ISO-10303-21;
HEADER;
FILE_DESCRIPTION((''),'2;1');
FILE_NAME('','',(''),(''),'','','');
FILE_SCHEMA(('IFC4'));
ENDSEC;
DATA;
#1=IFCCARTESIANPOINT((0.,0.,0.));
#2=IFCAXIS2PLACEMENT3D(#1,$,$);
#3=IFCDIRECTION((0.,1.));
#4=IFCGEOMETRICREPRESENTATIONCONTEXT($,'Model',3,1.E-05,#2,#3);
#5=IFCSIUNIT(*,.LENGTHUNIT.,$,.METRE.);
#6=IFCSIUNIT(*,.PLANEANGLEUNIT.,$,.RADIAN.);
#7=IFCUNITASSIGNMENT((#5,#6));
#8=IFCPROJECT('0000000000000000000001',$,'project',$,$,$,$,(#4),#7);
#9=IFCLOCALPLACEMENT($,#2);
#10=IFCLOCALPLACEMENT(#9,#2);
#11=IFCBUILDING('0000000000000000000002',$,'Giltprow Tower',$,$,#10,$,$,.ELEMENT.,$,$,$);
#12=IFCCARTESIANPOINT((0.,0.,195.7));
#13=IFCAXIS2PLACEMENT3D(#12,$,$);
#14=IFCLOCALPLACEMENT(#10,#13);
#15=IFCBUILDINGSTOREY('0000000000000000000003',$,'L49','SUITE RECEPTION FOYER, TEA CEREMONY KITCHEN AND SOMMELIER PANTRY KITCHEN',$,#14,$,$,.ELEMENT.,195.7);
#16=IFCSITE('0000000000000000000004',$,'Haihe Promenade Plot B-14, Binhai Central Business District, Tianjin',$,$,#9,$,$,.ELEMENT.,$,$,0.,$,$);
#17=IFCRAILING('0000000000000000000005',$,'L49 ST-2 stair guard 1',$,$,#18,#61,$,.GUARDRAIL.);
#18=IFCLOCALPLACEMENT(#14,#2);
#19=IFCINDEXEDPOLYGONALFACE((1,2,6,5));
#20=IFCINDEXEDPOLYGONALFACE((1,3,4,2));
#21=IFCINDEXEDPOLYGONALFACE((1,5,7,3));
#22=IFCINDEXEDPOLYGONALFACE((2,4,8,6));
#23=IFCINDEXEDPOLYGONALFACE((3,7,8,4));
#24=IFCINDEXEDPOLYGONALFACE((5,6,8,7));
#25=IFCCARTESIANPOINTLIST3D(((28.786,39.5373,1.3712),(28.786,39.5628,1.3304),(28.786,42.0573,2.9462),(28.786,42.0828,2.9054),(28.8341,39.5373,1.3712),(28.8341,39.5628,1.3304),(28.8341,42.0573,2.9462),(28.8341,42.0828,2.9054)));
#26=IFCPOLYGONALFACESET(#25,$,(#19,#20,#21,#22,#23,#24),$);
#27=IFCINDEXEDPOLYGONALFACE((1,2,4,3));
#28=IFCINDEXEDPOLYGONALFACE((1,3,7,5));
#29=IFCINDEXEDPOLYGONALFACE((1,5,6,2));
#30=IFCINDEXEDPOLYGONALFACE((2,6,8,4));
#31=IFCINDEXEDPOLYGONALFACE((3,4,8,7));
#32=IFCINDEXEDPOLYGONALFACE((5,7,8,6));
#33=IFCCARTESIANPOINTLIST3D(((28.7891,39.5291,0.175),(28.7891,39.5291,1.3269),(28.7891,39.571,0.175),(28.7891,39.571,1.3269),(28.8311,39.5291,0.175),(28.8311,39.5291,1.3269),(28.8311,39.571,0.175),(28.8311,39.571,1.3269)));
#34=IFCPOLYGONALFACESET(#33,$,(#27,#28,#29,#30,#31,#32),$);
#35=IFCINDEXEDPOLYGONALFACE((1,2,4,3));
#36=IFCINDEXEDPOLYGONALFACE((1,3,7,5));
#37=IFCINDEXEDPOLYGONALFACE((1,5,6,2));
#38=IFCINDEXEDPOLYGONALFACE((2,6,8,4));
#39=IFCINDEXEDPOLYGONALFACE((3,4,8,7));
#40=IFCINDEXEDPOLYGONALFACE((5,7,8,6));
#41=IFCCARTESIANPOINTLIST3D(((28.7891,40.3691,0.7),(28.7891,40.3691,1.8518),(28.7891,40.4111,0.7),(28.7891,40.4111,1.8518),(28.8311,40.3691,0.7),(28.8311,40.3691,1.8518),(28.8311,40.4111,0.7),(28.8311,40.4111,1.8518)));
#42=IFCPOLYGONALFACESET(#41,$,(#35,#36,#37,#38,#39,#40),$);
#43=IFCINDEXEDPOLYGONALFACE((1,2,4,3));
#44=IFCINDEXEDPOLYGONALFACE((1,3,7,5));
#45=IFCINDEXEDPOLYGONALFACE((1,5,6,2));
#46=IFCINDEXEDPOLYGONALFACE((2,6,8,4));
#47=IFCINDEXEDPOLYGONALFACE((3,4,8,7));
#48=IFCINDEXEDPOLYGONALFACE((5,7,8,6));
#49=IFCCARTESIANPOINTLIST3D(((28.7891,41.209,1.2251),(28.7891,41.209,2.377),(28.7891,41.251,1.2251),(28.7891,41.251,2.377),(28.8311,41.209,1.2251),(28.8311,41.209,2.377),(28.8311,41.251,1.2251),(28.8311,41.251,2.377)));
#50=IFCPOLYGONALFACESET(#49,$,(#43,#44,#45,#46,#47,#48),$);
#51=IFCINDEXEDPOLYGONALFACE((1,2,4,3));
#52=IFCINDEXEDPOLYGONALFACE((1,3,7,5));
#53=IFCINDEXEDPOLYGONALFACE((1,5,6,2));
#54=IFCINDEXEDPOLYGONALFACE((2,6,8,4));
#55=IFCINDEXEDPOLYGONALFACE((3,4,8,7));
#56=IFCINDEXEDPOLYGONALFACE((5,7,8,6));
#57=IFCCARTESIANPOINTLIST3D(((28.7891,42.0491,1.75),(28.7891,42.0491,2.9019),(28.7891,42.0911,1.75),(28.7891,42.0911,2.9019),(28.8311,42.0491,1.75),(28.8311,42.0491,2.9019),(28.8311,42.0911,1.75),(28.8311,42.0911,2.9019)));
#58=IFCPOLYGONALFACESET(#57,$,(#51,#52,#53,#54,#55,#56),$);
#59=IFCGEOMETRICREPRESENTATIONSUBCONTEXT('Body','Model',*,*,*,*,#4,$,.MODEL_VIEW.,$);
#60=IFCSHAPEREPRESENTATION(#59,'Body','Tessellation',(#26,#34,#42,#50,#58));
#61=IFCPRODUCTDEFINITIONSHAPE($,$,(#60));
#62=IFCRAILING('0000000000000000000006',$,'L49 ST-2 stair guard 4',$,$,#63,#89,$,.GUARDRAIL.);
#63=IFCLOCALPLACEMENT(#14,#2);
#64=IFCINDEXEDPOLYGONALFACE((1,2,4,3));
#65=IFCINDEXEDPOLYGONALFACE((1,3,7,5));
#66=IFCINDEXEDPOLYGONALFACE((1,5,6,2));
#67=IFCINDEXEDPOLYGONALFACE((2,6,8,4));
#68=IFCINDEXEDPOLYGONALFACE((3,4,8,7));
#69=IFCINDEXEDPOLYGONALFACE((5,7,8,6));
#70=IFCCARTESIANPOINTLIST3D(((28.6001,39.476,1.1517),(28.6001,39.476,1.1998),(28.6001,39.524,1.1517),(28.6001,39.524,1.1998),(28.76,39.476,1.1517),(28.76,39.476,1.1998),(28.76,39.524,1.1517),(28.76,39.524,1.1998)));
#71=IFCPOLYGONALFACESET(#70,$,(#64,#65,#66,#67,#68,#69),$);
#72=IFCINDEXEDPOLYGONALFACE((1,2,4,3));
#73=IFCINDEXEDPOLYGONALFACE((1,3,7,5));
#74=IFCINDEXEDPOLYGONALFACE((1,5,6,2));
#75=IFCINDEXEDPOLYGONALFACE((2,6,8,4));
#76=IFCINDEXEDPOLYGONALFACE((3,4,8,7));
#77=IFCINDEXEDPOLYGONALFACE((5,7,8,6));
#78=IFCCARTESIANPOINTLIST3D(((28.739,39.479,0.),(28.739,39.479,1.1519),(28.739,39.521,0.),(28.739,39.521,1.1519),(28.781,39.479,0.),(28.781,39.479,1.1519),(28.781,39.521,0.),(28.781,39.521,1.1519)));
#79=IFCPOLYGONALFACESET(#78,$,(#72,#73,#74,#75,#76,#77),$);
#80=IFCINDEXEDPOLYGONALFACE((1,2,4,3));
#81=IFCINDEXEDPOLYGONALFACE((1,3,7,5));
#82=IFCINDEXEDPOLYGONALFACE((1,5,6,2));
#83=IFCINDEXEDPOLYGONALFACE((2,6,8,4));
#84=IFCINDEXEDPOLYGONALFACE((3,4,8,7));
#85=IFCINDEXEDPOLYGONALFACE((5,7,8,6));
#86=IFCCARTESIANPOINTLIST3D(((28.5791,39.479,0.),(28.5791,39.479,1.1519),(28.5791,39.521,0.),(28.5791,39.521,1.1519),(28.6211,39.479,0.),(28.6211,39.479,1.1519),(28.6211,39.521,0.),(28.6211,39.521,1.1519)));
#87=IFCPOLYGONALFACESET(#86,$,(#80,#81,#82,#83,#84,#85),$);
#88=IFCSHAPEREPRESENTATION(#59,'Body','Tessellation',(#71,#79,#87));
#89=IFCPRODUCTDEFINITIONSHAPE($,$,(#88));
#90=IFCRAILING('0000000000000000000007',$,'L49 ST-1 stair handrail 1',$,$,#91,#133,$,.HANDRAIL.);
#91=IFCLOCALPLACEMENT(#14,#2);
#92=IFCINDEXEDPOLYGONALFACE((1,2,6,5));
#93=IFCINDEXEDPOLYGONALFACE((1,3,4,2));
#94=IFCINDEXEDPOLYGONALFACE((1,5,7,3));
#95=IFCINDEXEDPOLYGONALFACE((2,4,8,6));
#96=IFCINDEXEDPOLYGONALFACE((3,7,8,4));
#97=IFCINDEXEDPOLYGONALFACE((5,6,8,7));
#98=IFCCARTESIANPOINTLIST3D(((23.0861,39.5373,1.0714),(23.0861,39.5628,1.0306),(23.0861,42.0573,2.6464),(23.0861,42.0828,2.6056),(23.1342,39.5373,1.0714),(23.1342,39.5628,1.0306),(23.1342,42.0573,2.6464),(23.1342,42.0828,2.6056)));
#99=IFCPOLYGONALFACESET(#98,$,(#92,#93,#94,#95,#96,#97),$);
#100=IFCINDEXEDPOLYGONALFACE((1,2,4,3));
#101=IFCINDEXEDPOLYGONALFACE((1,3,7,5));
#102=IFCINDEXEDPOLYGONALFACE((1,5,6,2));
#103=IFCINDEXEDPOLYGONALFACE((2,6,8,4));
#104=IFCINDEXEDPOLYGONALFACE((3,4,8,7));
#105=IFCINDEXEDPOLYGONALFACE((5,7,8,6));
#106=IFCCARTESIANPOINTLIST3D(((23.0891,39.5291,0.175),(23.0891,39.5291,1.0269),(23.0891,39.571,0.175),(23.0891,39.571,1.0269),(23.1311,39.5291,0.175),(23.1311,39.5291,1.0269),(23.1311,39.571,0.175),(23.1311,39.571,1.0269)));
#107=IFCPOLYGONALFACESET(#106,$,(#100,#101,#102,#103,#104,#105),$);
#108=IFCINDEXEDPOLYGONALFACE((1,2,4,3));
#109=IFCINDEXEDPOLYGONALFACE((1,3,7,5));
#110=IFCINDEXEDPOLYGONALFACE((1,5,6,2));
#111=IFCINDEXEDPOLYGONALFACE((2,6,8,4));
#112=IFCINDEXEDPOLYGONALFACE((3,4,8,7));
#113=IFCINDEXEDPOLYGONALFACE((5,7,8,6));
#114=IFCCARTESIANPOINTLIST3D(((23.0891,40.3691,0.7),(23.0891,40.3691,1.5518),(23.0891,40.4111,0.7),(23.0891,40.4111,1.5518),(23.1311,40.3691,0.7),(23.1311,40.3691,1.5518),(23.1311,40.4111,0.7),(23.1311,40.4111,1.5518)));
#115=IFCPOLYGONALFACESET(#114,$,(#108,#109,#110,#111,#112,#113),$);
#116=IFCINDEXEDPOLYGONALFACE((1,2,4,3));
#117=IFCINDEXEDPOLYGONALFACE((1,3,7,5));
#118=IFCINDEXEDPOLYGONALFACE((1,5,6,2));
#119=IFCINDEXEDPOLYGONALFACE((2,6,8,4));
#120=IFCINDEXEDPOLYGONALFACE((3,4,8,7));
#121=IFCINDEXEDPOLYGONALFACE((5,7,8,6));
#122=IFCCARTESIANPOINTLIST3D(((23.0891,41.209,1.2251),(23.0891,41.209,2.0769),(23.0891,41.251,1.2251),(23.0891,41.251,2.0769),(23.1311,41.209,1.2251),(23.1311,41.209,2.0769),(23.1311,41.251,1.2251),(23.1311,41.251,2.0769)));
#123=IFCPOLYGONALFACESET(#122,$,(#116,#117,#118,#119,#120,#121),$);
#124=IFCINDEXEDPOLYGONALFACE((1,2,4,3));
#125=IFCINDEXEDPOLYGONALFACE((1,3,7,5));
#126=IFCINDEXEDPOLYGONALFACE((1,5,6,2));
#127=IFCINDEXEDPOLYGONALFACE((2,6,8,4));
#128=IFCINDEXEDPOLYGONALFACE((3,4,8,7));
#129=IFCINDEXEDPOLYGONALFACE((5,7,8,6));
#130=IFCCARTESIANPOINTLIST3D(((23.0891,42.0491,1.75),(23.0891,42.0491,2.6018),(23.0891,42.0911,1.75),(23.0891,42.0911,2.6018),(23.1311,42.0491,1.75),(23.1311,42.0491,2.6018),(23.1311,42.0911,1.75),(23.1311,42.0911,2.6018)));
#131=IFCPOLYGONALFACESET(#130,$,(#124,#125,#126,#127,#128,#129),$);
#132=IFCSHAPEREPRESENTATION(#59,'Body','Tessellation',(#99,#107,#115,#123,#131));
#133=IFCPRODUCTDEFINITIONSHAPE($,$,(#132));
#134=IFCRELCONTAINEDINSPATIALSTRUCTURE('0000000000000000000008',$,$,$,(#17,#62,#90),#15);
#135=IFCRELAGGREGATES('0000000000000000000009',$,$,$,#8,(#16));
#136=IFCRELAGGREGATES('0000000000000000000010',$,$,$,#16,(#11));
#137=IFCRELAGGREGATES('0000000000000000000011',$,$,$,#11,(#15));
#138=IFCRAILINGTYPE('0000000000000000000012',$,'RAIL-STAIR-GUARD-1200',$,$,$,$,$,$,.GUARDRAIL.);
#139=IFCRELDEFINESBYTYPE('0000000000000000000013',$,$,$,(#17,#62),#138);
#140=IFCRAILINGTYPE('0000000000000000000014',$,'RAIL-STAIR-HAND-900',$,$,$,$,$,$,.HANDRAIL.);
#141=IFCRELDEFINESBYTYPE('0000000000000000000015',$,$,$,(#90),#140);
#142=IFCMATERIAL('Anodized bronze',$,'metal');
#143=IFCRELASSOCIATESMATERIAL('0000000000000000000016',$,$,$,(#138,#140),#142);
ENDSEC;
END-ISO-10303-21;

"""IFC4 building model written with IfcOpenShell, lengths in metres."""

from ifc_helpers import new_model, si_unit, direction, frame, origin, origin_2d, place, context, subcontext, project, spatial, rectangle, extrude, material, type_object, element, save


model = new_model("IFC4")

# Units and contexts
model_context = context("Model", 3, precision=1e-05, world=origin(), true_north=direction((0.0, 1.0)))
body_context = subcontext(model_context, "Body", "Model", "MODEL_VIEW")
ifc_project = project(units=[si_unit("LENGTHUNIT", "METRE"), si_unit("PLANEANGLEUNIT", "RADIAN")], contexts=[model_context])

# Site, building, storey
site_placement = place(None, origin())
site = spatial("IfcSite", under=ifc_project, at=site_placement, Name="Haihe Promenade Plot B-14, Binhai Central Business District, Tianjin", CompositionType="ELEMENT", RefElevation=0.0)
building_placement = place(site_placement, origin())
building = spatial("IfcBuilding", under=site, at=building_placement, Name="Giltprow Tower", CompositionType="ELEMENT")
storey_placement = place(building_placement, frame((0.0, 0.0, 195.7)))
storey = spatial("IfcBuildingStorey", under=building, at=storey_placement, Name="L49", Description="SUITE RECEPTION FOYER, TEA CEREMONY KITCHEN AND SOMMELIER PANTRY KITCHEN", CompositionType="ELEMENT", Elevation=195.7)

# Railings
ifc_material_1 = material(Name="Anodized bronze", Category="metal")
railing_type_1 = type_object("IfcRailingType", Name="RAIL-STAIR-GUARD-1200", PredefinedType="GUARDRAIL", material=ifc_material_1)
railing_1_placement = place(storey_placement, frame((28.8101, 39.55, 0.175)))
element("IfcRailing", 1, at=railing_1_placement, inside=storey, type_object=railing_type_1, Name="L49 ST-2 stair guard 1", PredefinedType="GUARDRAIL", context=body_context, shape_type="SweptSolid", body=[
    extrude(rectangle(XDim=0.0481, YDim=0.0481, at=origin_2d()), frame((0.0, 0.0, 1.1758), z_axis=(0.0, 0.848008, 0.529984), x_axis=(-1.0, 0.0, 0.0)), (0.0, 0.0, 1.0), 2.9717),
    extrude(rectangle(XDim=0.042, YDim=0.042, at=origin_2d()), origin(), (0.0, 0.0, 1.0), 1.1519),
    extrude(rectangle(XDim=0.042, YDim=0.042, at=origin_2d()), frame((0.0, 0.8401, 0.5249)), (0.0, 0.0, 1.0), 1.1519),
    extrude(rectangle(XDim=0.042, YDim=0.042, at=origin_2d()), frame((0.0, 1.6799, 1.05)), (0.0, 0.0, 1.0), 1.1519),
    extrude(rectangle(XDim=0.042, YDim=0.042, at=origin_2d()), frame((0.0, 2.52, 1.575)), (0.0, 0.0, 1.0), 1.1519),
])
railing_2_placement = place(storey_placement, frame((28.76, 39.5, 0.0)))
element("IfcRailing", 2, at=railing_2_placement, inside=storey, type_object=railing_type_1, Name="L49 ST-2 stair guard 4", PredefinedType="GUARDRAIL", context=body_context, shape_type="SweptSolid", body=[
    extrude(rectangle(XDim=0.0481, YDim=0.0481, at=origin_2d()), frame((0.0, 0.0, 1.1758), z_axis=(-1.0, 0.0, 0.0), x_axis=(0.0, -1.0, 0.0)), (0.0, 0.0, 1.0), 0.1599),
    extrude(rectangle(XDim=0.042, YDim=0.042, at=origin_2d()), origin(), (0.0, 0.0, 1.0), 1.1519),
    extrude(rectangle(XDim=0.042, YDim=0.042, at=origin_2d()), frame((-0.1599, 0.0, 0.0)), (0.0, 0.0, 1.0), 1.1519),
])
railing_type_2 = type_object("IfcRailingType", Name="RAIL-STAIR-HAND-900", PredefinedType="HANDRAIL", material=ifc_material_1)
railing_3_placement = place(storey_placement, frame((23.1101, 39.55, 0.175)))
element("IfcRailing", 3, at=railing_3_placement, inside=storey, type_object=railing_type_2, Name="L49 ST-1 stair handrail 1", PredefinedType="HANDRAIL", context=body_context, shape_type="SweptSolid", body=[
    extrude(rectangle(XDim=0.0481, YDim=0.0481, at=origin_2d()), frame((0.0, 0.0, 0.876), z_axis=(0.0, 0.848008, 0.529984), x_axis=(-1.0, 0.0, 0.0)), (0.0, 0.0, 1.0), 2.9717),
    extrude(rectangle(XDim=0.042, YDim=0.042, at=origin_2d()), origin(), (0.0, 0.0, 1.0), 0.8518),
    extrude(rectangle(XDim=0.042, YDim=0.042, at=origin_2d()), frame((0.0, 0.8401, 0.5249)), (0.0, 0.0, 1.0), 0.8518),
    extrude(rectangle(XDim=0.042, YDim=0.042, at=origin_2d()), frame((0.0, 1.6799, 1.05)), (0.0, 0.0, 1.0), 0.8518),
    extrude(rectangle(XDim=0.042, YDim=0.042, at=origin_2d()), frame((0.0, 2.52, 1.575)), (0.0, 0.0, 1.0), 0.8518),
])

save(model, "model.ifc")
